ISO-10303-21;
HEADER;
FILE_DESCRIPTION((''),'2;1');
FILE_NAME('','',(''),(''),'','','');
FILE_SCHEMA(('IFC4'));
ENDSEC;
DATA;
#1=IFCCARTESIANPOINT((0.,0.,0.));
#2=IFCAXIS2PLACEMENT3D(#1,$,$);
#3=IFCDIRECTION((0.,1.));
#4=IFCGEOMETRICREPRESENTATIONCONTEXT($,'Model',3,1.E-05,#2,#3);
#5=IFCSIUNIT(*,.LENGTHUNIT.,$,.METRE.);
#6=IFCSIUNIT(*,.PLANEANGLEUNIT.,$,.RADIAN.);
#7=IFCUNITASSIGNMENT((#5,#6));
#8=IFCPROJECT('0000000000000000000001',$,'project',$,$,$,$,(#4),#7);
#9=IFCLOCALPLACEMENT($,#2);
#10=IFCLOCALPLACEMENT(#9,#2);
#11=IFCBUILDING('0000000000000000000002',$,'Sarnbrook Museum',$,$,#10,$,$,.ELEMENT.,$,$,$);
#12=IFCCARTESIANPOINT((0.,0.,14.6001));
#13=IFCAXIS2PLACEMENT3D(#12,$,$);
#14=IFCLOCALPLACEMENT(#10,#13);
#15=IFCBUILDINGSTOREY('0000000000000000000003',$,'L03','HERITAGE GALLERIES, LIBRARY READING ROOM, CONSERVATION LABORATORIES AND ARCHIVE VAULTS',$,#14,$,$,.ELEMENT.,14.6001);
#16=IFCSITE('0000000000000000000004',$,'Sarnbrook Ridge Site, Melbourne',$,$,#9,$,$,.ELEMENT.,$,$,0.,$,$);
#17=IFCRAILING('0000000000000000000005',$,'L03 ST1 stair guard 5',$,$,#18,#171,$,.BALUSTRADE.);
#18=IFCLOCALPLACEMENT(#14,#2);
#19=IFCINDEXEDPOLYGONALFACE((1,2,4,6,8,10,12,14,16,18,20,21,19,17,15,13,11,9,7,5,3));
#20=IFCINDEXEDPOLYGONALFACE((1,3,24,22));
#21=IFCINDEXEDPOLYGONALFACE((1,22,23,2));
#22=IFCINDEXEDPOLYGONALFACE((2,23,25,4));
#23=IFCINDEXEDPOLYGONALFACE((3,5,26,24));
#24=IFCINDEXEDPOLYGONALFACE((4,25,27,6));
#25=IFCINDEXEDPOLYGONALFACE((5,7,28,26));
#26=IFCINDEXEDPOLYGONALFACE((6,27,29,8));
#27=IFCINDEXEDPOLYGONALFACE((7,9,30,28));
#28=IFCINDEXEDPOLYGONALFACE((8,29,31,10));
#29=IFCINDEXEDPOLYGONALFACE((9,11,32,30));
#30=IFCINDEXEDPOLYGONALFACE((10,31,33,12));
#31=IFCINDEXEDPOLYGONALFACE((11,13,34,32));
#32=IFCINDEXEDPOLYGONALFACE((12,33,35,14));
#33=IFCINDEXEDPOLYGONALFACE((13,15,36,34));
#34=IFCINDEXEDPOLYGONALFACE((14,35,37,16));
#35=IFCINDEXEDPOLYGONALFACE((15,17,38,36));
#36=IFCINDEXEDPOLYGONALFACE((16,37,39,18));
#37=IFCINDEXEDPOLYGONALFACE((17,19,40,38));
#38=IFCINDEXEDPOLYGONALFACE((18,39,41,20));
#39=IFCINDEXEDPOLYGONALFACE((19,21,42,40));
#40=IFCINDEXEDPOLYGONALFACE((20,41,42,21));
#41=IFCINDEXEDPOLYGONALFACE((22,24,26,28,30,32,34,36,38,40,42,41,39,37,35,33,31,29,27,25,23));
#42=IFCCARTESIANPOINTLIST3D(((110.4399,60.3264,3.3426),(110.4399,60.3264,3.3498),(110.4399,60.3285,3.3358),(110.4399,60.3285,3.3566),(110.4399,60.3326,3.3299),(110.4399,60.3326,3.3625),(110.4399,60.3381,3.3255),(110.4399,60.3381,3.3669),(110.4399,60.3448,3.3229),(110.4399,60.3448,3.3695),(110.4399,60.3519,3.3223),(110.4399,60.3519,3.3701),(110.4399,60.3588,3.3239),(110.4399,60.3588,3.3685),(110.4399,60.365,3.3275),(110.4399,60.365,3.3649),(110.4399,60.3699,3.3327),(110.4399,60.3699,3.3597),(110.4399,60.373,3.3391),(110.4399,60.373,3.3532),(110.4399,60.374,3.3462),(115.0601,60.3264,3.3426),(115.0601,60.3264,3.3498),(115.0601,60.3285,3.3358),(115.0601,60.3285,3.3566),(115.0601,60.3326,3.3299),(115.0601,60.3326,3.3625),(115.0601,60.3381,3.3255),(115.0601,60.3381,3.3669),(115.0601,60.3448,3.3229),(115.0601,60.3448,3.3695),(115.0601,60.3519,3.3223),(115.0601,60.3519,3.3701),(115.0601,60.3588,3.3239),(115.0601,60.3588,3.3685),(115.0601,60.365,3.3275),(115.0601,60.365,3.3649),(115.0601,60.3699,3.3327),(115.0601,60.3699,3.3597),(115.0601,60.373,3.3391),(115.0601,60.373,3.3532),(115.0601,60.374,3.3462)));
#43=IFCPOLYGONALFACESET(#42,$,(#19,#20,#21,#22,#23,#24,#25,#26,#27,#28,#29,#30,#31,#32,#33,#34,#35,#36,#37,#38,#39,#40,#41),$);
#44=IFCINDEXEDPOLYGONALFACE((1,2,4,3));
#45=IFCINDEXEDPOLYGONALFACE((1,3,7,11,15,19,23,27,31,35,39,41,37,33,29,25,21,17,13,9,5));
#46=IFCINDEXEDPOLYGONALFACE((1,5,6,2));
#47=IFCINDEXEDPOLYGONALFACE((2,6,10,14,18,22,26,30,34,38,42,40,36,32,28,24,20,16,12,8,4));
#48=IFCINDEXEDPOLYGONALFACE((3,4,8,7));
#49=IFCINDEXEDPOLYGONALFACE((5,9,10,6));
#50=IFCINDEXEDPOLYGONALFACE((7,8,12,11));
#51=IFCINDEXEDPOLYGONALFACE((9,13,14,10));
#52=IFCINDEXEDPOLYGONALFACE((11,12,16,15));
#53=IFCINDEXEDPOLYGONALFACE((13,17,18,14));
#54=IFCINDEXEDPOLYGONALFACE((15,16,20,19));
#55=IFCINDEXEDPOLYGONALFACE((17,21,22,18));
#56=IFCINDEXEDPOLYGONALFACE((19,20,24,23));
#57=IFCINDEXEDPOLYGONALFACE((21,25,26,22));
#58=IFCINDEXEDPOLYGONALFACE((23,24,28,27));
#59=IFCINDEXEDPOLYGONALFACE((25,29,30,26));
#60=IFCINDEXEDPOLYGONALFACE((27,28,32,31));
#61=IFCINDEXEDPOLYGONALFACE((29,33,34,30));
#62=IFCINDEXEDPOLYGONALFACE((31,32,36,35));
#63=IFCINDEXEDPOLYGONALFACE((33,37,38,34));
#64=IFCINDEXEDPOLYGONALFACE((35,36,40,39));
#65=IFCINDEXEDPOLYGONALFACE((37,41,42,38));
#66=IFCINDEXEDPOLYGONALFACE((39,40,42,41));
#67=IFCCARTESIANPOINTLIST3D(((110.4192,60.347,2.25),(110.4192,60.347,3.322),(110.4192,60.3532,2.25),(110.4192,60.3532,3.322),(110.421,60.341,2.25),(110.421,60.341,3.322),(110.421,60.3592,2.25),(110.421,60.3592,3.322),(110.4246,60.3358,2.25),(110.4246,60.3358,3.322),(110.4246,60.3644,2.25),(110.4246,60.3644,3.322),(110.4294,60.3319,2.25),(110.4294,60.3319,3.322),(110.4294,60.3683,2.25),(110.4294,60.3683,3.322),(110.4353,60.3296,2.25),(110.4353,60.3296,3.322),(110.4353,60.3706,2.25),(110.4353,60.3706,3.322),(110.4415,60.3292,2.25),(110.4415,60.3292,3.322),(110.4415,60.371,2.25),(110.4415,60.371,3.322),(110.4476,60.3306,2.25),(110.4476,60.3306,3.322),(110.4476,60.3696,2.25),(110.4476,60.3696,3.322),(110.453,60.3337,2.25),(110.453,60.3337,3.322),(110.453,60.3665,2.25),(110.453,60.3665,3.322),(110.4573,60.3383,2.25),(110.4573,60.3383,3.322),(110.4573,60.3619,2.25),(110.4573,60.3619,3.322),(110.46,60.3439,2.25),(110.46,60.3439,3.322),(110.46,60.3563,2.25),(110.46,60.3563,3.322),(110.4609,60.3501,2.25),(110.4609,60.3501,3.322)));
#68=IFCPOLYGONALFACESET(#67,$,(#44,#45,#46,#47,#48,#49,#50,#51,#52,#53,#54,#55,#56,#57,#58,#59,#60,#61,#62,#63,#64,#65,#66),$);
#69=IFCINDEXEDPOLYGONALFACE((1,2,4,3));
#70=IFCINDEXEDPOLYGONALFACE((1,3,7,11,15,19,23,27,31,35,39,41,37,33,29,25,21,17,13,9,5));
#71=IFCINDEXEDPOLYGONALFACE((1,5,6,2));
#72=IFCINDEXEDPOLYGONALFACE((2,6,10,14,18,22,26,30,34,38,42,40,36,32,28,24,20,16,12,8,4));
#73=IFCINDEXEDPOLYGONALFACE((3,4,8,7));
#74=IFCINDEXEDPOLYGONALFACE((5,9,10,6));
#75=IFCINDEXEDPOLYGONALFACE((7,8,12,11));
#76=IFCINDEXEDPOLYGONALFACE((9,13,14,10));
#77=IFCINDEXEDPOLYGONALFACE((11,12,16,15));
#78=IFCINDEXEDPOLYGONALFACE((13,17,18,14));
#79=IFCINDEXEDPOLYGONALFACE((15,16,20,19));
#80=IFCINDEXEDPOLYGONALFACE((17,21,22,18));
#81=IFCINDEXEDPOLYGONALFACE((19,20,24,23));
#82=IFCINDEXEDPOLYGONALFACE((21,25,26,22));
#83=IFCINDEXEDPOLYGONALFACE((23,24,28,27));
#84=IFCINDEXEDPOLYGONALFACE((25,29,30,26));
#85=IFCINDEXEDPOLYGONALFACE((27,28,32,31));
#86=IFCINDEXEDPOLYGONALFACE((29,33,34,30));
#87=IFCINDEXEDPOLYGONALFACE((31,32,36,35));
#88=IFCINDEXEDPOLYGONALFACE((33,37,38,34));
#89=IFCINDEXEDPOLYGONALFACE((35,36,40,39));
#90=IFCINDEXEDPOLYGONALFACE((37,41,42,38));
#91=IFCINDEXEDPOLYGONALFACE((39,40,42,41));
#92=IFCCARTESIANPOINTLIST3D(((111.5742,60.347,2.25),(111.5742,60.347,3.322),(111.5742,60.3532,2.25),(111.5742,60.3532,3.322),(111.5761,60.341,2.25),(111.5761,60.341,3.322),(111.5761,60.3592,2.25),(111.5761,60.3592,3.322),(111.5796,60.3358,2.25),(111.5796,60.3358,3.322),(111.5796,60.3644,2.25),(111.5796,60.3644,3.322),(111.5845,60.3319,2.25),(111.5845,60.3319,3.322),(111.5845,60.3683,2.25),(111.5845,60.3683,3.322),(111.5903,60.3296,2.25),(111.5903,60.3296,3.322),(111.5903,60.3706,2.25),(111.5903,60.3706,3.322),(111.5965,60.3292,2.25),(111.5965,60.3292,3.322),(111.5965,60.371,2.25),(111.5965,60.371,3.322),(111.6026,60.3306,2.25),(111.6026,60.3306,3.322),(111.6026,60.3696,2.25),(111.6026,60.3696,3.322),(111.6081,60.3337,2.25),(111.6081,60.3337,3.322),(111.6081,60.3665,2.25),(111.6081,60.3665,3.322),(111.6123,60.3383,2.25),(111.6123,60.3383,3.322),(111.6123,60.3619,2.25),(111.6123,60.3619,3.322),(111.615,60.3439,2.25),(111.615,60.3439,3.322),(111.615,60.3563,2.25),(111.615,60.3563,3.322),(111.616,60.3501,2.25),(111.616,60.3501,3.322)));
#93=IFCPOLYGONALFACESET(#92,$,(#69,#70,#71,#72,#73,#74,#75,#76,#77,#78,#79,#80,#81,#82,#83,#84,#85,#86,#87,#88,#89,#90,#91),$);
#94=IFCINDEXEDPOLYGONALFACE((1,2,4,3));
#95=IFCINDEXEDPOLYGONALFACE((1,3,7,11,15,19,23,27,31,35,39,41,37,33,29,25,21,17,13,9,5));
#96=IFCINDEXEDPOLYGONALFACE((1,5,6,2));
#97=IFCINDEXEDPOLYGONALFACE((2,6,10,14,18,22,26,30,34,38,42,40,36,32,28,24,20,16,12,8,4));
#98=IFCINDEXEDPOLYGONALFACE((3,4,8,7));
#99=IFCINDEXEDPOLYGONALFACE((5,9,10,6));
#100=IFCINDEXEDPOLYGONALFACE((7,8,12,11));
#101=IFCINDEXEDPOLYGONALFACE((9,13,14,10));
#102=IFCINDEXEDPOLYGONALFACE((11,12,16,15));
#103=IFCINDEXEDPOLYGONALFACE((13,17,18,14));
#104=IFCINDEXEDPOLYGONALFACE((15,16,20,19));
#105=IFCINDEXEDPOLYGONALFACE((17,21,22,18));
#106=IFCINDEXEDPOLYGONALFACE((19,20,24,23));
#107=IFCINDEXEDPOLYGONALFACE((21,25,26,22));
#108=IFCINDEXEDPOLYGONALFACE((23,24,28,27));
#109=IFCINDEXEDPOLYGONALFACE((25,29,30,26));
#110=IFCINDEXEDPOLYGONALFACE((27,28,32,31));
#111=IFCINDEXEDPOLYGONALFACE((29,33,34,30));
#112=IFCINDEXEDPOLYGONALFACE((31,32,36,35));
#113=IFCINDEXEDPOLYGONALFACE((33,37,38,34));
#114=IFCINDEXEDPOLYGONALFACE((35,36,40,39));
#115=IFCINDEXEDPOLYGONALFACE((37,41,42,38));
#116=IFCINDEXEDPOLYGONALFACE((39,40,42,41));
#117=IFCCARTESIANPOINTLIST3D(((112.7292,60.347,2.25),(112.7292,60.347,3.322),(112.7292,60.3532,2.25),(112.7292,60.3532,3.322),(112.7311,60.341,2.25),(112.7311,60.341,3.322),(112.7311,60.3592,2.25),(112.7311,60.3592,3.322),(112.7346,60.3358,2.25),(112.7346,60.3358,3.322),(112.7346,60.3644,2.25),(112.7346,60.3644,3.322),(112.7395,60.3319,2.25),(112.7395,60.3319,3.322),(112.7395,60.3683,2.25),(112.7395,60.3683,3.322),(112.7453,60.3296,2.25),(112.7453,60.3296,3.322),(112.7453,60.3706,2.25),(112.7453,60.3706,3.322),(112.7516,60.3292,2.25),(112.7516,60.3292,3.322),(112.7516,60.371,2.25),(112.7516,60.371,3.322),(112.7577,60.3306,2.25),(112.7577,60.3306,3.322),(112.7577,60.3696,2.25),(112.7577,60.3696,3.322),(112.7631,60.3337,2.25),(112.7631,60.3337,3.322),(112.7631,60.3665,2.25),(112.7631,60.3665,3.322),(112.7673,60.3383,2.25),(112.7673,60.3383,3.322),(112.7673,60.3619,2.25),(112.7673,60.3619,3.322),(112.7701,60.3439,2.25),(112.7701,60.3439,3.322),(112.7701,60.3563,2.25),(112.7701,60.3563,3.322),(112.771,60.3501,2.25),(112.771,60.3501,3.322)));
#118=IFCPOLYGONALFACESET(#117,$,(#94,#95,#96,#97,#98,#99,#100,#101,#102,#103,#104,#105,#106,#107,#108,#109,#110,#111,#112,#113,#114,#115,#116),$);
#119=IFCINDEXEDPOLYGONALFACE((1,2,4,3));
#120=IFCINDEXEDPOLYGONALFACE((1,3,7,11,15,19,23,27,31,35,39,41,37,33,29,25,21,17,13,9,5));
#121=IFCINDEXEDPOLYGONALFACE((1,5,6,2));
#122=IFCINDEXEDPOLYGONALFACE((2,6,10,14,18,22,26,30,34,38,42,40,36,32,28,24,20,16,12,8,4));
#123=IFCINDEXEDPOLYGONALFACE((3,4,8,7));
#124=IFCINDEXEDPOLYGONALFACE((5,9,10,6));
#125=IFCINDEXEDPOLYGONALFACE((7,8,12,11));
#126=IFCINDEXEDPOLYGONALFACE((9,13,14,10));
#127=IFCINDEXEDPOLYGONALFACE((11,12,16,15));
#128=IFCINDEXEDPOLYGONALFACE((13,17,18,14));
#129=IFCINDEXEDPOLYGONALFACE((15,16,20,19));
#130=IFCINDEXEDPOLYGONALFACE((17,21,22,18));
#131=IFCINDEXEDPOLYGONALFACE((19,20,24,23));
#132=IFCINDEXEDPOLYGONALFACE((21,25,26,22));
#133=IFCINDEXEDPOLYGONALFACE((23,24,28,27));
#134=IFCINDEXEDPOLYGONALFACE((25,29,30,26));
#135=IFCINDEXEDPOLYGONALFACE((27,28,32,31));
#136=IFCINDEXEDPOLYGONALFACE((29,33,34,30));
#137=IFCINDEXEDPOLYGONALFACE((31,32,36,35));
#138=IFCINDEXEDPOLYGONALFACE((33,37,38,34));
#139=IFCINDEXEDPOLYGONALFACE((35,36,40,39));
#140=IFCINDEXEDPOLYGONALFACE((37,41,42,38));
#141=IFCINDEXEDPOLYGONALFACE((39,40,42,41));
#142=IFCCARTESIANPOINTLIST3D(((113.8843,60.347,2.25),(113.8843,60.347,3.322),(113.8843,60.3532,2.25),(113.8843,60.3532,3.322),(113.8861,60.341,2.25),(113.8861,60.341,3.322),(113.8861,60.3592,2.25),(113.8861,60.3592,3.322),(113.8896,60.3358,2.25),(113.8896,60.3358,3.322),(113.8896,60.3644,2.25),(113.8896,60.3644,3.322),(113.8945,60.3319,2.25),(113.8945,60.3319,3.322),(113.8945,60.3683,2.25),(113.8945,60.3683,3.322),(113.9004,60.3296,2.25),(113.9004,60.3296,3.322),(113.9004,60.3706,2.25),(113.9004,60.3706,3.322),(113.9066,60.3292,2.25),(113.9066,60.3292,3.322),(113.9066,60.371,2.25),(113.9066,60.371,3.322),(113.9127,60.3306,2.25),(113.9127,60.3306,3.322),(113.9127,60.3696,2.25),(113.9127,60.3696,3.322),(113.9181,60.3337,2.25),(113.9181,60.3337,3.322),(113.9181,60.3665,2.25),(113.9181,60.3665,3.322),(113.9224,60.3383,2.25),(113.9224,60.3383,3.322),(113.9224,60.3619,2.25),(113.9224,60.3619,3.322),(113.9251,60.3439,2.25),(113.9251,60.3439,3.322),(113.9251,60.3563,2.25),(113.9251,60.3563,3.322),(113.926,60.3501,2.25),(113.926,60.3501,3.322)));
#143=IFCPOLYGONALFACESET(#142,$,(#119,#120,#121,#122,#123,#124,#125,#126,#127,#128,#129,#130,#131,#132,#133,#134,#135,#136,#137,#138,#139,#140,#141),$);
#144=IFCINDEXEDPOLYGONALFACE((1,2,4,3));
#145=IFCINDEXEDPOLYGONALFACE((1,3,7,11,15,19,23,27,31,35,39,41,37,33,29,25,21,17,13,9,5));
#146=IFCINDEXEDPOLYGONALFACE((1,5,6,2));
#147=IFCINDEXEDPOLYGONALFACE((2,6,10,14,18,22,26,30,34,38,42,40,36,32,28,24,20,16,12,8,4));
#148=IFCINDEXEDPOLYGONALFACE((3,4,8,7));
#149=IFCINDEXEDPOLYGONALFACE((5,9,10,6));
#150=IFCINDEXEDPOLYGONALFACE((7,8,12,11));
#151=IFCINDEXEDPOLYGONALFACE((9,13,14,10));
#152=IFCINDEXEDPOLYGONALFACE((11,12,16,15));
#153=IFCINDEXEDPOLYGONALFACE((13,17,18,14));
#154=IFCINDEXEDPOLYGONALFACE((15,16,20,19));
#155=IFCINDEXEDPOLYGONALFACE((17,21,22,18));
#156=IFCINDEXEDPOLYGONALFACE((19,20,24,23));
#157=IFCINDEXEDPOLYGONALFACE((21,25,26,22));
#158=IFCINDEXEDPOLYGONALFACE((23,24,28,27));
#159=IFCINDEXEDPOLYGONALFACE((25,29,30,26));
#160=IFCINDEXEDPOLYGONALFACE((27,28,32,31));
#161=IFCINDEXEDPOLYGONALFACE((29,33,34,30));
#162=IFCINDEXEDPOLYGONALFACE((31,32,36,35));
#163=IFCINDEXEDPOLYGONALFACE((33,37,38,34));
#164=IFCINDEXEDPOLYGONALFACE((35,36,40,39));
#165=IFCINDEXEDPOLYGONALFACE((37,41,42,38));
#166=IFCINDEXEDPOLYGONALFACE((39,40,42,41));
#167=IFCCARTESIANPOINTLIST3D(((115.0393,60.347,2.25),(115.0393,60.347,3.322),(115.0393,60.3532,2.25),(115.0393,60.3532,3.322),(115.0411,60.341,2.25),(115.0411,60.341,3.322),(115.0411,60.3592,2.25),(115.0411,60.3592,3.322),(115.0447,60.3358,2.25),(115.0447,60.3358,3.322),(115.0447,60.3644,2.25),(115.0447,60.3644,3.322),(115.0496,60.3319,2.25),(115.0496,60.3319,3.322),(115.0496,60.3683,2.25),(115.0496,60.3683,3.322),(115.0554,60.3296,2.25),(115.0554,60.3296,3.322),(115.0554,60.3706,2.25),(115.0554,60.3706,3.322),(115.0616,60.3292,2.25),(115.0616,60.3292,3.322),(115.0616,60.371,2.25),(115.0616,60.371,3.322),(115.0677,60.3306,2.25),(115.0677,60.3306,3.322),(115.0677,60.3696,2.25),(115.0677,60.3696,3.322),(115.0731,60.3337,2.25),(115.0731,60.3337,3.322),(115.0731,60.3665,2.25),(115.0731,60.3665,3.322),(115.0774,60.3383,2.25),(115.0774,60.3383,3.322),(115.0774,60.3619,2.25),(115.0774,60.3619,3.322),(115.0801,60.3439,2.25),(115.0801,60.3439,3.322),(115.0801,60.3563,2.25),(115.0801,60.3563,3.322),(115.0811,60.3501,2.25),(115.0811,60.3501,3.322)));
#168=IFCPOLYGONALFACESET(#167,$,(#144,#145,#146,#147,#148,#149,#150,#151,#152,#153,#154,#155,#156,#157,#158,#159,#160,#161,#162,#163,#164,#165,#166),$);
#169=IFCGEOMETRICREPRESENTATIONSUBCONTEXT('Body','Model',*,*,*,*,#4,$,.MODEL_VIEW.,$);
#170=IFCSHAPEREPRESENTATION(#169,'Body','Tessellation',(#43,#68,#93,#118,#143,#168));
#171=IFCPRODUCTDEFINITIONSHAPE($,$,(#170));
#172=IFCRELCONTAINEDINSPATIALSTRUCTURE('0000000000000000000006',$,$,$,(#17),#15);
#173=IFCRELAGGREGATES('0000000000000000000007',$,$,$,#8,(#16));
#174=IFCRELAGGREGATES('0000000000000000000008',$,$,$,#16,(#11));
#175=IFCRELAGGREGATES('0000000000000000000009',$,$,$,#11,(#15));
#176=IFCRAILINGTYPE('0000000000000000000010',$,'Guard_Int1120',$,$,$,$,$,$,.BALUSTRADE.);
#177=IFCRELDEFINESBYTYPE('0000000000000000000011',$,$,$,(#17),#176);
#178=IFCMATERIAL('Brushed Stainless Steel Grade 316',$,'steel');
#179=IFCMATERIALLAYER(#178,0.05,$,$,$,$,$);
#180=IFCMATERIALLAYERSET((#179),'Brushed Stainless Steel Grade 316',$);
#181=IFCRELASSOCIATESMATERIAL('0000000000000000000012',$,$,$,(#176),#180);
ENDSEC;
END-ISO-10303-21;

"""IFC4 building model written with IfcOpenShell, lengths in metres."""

from ifc_helpers import new_model, si_unit, direction, frame, origin, origin_2d, place, context, subcontext, project, spatial, circle, extrude, material, layer, layer_set, type_object, element, save


model = new_model("IFC4")

# Units and contexts
model_context = context("Model", 3, precision=1e-05, world=origin(), true_north=direction((0.0, 1.0)))
body_context = subcontext(model_context, "Body", "Model", "MODEL_VIEW")
ifc_project = project(units=[si_unit("LENGTHUNIT", "METRE"), si_unit("PLANEANGLEUNIT", "RADIAN")], contexts=[model_context])

# Site, building, storey
site_placement = place(None, origin())
site = spatial("IfcSite", under=ifc_project, at=site_placement, Name="Sarnbrook Ridge Site, Melbourne", CompositionType="ELEMENT", RefElevation=0.0)
building_placement = place(site_placement, origin())
building = spatial("IfcBuilding", under=site, at=building_placement, Name="Sarnbrook Museum", CompositionType="ELEMENT")
storey_placement = place(building_placement, frame((0.0, 0.0, 14.6001)))
storey = spatial("IfcBuildingStorey", under=building, at=storey_placement, Name="L03", Description="HERITAGE GALLERIES, LIBRARY READING ROOM, CONSERVATION LABORATORIES AND ARCHIVE VAULTS", CompositionType="ELEMENT", Elevation=14.6001)

# Railing
ifc_material_1 = material(Name="Brushed Stainless Steel Grade 316", Category="steel")
ifc_layer_1 = layer(ifc_material_1, 0.05)
ifc_layer_set_1 = layer_set([ifc_layer_1], Name="Brushed Stainless Steel Grade 316")
railing_type_1 = type_object("IfcRailingType", Name="Guard_Int1120", PredefinedType="BALUSTRADE", material=ifc_layer_set_1)
railing_1_placement = place(storey_placement, frame((110.4399, 60.3501, 2.25)))
element("IfcRailing", 1, at=railing_1_placement, inside=storey, type_object=railing_type_1, Name="L03 ST1 stair guard 5", PredefinedType="BALUSTRADE", context=body_context, shape_type="SweptSolid", body=[
    extrude(circle(Radius=0.0239, at=origin_2d()), frame((0.0, 0.0, 1.0962), z_axis=(1.0, 0.0, 0.0), x_axis=(0.0, 1.0, 0.0)), (0.0, 0.0, 1.0), 4.6201),
    extrude(circle(Radius=0.021, at=origin_2d()), origin(), (0.0, 0.0, 1.0), 1.072),
    extrude(circle(Radius=0.021, at=origin_2d()), frame((1.155, 0.0, 0.0)), (0.0, 0.0, 1.0), 1.072),
    extrude(circle(Radius=0.021, at=origin_2d()), frame((2.3101, 0.0, 0.0)), (0.0, 0.0, 1.0), 1.072),
    extrude(circle(Radius=0.021, at=origin_2d()), frame((3.4651, 0.0, 0.0)), (0.0, 0.0, 1.0), 1.072),
    extrude(circle(Radius=0.021, at=origin_2d()), frame((4.6201, 0.0, 0.0)), (0.0, 0.0, 1.0), 1.072),
])

save(model, "model.ifc")
